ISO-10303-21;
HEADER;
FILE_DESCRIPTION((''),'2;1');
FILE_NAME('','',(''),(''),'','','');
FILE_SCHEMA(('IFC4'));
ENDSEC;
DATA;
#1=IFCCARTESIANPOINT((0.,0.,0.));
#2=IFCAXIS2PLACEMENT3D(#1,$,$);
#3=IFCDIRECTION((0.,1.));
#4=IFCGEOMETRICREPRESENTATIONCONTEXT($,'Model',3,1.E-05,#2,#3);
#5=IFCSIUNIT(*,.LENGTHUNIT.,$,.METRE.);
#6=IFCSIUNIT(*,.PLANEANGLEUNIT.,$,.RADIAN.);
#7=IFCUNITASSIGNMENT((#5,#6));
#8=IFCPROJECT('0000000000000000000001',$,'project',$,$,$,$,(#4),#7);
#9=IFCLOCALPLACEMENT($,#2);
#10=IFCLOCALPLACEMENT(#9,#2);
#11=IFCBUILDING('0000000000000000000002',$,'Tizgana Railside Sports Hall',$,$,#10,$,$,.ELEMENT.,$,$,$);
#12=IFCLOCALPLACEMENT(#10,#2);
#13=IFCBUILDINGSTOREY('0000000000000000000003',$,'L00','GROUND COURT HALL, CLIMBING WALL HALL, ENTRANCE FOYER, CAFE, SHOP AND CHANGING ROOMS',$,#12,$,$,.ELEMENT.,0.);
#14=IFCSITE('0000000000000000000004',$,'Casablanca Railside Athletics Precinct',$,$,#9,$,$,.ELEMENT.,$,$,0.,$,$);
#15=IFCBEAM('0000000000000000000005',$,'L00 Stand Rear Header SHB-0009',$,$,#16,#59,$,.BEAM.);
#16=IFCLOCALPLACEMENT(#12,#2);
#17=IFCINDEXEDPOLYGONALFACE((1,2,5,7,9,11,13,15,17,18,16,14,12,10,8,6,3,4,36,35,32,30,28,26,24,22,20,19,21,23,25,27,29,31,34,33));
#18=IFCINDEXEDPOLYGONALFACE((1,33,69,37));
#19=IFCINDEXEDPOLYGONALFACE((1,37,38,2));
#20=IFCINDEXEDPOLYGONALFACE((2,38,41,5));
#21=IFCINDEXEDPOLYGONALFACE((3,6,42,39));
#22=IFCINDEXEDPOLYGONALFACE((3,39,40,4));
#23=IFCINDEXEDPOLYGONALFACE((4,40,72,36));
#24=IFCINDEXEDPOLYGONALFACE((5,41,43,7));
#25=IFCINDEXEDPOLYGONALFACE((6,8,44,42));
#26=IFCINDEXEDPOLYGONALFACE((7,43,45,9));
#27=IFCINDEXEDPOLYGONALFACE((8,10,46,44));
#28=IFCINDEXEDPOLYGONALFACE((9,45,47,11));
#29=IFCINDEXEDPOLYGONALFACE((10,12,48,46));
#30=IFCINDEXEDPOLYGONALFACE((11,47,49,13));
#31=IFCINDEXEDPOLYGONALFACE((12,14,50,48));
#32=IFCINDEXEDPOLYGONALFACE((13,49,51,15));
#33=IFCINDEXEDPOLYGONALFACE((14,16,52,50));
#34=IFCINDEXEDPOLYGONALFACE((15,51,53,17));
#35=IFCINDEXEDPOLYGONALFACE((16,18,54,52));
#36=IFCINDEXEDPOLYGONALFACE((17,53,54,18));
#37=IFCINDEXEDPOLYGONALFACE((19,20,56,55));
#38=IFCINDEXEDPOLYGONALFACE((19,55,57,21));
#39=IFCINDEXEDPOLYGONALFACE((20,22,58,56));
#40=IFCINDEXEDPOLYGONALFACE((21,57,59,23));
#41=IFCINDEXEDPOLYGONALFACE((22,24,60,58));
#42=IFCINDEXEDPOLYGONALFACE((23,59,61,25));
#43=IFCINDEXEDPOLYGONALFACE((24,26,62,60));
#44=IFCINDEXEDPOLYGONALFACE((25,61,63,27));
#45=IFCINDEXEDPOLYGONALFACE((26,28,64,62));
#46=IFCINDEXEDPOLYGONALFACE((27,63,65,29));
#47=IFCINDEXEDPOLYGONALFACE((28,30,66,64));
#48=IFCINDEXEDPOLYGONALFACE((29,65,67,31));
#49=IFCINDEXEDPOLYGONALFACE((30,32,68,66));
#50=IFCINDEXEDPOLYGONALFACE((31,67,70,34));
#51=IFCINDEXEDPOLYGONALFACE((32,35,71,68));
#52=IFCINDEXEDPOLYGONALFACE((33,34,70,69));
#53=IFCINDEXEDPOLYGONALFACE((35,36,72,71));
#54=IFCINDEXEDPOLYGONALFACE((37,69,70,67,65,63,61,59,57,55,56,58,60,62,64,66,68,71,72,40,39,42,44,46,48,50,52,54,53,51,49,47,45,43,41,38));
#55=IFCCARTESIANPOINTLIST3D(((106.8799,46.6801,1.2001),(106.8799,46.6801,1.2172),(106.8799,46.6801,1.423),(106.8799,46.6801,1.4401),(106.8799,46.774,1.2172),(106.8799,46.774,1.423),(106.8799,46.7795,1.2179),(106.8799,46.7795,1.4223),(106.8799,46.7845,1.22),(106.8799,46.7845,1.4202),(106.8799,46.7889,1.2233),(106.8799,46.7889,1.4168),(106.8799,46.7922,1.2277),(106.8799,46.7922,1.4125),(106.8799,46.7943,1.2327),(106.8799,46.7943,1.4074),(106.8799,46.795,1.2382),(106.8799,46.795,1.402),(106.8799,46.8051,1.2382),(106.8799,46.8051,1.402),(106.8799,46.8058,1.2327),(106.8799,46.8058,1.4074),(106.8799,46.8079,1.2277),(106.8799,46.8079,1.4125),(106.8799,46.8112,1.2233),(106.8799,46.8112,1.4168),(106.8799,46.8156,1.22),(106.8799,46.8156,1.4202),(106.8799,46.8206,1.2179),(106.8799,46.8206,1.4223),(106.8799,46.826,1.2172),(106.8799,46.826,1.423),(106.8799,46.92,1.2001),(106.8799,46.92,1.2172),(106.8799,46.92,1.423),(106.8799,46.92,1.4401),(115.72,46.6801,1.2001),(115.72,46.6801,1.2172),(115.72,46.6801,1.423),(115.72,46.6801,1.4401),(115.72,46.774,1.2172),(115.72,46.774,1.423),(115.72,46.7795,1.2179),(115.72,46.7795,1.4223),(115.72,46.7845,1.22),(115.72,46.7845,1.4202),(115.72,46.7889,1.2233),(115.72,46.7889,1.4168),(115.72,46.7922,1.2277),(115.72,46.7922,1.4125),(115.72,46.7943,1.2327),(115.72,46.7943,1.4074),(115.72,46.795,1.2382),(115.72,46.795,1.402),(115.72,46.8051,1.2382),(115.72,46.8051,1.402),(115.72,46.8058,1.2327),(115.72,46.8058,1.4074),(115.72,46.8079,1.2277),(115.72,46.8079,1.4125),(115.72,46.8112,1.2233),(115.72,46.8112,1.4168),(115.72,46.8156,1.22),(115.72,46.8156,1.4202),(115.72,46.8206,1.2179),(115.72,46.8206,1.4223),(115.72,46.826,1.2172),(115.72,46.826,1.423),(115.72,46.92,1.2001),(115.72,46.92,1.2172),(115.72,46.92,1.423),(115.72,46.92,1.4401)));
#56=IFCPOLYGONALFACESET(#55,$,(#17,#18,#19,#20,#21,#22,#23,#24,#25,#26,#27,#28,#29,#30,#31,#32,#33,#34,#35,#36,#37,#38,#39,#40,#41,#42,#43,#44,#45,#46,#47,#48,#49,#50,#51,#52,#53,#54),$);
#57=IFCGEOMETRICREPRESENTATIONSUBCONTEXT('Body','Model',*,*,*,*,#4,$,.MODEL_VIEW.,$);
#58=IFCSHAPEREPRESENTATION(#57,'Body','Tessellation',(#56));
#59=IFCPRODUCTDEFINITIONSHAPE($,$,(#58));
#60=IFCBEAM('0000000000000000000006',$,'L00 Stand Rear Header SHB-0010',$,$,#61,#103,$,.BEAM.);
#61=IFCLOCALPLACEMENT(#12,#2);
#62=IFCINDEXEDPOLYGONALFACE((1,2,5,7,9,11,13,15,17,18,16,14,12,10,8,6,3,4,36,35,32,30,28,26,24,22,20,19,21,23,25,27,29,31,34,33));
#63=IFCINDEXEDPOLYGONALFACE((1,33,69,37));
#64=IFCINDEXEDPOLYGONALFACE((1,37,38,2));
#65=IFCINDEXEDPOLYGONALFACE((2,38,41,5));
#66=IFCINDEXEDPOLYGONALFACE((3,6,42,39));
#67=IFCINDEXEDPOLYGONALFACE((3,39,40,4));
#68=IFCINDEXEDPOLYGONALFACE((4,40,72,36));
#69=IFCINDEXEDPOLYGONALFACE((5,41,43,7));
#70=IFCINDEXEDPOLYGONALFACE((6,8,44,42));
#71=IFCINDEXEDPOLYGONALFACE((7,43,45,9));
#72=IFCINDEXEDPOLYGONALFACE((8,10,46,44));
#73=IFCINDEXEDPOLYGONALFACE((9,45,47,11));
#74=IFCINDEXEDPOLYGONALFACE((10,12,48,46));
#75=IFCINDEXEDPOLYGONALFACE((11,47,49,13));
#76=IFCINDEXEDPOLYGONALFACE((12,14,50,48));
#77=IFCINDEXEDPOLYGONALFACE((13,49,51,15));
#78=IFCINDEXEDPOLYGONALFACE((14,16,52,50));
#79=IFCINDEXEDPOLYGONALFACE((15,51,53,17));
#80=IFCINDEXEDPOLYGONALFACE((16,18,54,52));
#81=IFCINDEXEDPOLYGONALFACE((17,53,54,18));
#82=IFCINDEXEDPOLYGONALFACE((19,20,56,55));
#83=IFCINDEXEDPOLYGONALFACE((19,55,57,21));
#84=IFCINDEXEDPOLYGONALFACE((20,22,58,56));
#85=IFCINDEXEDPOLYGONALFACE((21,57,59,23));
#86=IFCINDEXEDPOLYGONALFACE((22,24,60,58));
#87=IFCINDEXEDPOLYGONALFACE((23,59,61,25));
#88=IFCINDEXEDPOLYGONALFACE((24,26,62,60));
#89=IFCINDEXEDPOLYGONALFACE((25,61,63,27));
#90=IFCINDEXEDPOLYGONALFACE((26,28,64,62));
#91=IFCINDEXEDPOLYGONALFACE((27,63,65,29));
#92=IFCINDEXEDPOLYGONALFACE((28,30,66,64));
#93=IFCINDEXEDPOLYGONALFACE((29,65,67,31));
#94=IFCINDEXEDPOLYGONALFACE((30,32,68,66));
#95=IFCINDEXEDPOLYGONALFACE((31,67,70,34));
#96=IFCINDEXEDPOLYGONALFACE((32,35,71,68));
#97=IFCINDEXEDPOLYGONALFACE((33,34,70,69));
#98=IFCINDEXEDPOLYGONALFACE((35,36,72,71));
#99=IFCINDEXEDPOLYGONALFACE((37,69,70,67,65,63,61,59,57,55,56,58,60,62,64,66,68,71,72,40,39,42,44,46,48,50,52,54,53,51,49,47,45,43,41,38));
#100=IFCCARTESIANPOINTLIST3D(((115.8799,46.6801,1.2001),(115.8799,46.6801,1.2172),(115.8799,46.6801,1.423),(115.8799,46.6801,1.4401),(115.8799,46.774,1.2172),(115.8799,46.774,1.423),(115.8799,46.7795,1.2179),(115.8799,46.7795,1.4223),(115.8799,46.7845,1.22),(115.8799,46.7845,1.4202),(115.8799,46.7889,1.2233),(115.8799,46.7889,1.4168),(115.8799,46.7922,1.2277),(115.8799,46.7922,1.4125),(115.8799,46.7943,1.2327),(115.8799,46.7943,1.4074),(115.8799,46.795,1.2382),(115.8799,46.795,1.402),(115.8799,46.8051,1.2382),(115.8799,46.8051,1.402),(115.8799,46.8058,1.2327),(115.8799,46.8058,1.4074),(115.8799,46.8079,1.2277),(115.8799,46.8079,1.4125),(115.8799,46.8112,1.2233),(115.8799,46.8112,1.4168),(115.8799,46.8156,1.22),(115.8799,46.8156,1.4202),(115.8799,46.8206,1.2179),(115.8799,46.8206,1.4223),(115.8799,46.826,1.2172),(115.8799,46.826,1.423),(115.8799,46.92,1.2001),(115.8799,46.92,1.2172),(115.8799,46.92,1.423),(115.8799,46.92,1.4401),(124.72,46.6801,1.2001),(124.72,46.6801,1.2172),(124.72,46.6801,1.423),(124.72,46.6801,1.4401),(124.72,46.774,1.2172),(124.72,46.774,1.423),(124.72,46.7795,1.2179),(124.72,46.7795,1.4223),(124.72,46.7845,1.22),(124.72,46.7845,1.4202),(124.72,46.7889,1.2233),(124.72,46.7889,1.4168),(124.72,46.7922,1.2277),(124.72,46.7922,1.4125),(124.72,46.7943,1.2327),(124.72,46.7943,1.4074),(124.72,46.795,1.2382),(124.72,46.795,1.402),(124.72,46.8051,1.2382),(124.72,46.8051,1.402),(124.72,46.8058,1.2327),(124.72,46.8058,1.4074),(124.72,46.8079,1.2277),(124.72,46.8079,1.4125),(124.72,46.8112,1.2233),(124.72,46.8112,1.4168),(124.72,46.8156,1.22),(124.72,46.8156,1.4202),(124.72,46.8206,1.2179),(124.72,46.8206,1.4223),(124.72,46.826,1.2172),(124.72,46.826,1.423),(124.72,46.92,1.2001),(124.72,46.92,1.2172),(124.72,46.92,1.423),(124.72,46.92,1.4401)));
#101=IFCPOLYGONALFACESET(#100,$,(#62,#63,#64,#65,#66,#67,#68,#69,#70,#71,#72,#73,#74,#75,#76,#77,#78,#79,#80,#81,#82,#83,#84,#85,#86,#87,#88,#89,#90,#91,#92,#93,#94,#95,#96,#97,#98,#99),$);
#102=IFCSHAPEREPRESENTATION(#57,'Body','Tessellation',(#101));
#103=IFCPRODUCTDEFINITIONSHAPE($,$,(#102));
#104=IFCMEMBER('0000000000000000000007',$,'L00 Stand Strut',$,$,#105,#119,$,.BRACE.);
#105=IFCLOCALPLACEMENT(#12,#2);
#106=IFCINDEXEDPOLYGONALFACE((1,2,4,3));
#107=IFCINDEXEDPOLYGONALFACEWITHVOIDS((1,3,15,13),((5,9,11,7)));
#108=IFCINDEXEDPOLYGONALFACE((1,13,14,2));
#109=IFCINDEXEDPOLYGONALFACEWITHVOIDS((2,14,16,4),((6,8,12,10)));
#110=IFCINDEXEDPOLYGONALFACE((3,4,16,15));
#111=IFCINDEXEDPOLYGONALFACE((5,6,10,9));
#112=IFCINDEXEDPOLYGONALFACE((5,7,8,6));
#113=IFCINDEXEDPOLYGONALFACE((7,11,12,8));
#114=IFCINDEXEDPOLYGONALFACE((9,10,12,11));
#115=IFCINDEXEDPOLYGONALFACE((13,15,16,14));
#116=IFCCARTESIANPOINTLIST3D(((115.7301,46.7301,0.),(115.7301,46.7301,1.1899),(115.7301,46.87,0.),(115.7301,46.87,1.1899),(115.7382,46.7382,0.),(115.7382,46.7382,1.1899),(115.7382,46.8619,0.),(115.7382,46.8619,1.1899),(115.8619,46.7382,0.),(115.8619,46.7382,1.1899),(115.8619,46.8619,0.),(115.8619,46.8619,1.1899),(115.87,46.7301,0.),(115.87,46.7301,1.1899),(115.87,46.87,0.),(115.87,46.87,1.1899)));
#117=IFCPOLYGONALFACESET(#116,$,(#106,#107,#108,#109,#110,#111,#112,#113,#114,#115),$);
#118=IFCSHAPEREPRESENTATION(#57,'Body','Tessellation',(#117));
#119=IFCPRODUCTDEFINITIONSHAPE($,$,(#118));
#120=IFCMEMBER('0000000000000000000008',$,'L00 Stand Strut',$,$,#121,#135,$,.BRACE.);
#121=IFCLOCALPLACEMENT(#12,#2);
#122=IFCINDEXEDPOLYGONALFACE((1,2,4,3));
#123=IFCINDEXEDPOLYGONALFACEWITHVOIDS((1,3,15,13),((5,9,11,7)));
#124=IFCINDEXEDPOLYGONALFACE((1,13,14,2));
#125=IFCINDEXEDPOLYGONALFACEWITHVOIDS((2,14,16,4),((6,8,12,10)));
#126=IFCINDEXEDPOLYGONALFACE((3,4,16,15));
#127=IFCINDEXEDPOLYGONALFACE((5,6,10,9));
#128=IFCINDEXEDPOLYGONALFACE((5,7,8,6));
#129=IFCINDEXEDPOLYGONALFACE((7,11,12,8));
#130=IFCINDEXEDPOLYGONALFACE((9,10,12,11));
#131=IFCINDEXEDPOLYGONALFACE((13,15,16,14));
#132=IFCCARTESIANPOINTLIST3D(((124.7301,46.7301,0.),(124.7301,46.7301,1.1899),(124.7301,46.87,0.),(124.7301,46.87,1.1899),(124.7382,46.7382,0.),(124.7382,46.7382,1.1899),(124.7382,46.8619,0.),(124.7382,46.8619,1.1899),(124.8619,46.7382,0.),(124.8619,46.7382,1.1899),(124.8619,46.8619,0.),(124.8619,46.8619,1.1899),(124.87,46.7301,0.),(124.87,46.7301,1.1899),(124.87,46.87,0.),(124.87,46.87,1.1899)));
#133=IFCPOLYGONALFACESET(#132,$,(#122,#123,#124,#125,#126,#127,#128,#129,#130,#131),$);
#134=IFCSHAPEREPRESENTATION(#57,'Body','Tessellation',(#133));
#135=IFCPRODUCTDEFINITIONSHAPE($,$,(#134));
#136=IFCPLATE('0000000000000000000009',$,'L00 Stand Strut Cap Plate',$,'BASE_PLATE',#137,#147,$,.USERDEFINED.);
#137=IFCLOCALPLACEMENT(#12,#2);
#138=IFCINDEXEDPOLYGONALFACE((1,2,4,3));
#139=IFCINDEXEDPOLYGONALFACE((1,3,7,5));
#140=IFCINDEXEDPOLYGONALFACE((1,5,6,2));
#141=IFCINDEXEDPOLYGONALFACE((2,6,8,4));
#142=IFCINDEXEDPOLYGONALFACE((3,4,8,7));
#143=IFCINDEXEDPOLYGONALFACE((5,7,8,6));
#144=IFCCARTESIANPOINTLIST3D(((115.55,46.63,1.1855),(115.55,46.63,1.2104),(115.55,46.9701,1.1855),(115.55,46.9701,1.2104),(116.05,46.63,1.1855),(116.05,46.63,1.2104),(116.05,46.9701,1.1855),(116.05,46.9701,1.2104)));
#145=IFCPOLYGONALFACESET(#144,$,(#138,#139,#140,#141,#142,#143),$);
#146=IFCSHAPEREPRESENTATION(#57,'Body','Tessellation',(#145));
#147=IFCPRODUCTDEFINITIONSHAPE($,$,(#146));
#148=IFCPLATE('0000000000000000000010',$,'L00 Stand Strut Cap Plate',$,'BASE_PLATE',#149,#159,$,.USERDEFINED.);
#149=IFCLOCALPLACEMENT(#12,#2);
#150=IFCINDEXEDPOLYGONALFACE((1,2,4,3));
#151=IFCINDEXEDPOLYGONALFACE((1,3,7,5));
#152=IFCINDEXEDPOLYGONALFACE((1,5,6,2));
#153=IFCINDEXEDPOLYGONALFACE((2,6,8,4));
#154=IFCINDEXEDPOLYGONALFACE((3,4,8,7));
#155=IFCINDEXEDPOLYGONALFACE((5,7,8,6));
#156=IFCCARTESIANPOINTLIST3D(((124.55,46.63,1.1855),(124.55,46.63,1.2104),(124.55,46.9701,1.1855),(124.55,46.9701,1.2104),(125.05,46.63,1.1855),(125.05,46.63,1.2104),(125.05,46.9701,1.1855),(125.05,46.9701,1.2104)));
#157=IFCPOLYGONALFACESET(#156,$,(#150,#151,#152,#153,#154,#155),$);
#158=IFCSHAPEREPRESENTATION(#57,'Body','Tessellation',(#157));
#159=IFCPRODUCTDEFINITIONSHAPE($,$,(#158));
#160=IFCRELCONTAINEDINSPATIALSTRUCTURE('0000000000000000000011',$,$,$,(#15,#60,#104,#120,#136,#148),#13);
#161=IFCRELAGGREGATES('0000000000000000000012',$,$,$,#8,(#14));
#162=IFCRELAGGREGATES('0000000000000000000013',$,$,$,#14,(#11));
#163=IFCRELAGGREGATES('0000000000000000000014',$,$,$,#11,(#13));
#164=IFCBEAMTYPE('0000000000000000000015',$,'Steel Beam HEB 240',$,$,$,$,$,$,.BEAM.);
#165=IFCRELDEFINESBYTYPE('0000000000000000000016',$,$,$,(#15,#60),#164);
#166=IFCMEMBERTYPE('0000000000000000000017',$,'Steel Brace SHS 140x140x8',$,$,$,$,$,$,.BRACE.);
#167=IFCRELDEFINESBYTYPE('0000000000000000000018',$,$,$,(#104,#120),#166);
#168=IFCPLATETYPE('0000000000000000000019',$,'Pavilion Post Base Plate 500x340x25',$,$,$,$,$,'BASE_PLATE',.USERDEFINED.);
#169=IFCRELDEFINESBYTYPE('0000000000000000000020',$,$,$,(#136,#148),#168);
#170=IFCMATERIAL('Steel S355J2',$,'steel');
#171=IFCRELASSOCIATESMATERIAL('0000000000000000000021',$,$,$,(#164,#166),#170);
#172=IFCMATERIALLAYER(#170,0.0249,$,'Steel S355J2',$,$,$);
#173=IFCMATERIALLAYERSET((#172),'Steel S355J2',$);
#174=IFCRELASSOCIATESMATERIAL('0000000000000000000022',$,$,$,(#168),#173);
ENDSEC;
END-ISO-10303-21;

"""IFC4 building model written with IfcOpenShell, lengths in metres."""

from ifc_helpers import new_model, si_unit, direction, frame, origin, origin_2d, place, context, subcontext, project, spatial, rectangle, hollow_rectangle, i_section, extrude, material, layer, layer_set, material_profile, profile_set, type_object, element, save


model = new_model("IFC4")

# Units and contexts
model_context = context("Model", 3, precision=1e-05, world=origin(), true_north=direction((0.0, 1.0)))
body_context = subcontext(model_context, "Body", "Model", "MODEL_VIEW")
ifc_project = project(units=[si_unit("LENGTHUNIT", "METRE"), si_unit("PLANEANGLEUNIT", "RADIAN")], contexts=[model_context])

# Site, building, storey
site_placement = place(None, origin())
site = spatial("IfcSite", under=ifc_project, at=site_placement, Name="Casablanca Railside Athletics Precinct", CompositionType="ELEMENT", RefElevation=0.0)
building_placement = place(site_placement, origin())
building = spatial("IfcBuilding", under=site, at=building_placement, Name="Tizgana Railside Sports Hall", CompositionType="ELEMENT")
storey_placement = place(building_placement, origin())
storey = spatial("IfcBuildingStorey", under=building, at=storey_placement, Name="L00", Description="GROUND COURT HALL, CLIMBING WALL HALL, ENTRANCE FOYER, CAFE, SHOP AND CHANGING ROOMS", CompositionType="ELEMENT", Elevation=0.0)

# Beams
ifc_material_1 = material(Name="Steel S355J2", Category="steel")
ifc_material_profile_1 = material_profile(ifc_material_1, i_section(OverallWidth=0.24, OverallDepth=0.24, WebThickness=0.01, FlangeThickness=0.0171, FilletRadius=0.021, at=origin_2d()), Name="HEB 240")
ifc_profile_set_1 = profile_set([ifc_material_profile_1], Name="Steel S355J2")
beam_type_1 = type_object("IfcBeamType", Name="Steel Beam HEB 240", PredefinedType="BEAM", material=ifc_profile_set_1)
for number, where, z_axis, x_axis, name in (
    (1, (106.8799, 46.8, 1.3201), (1.0, 0.0, 0.0), (0.0, 1.0, 0.0), "L00 Stand Rear Header SHB-0009"),
    (2, (115.8799, 46.8, 1.3201), (1.0, 0.0, 0.0), (0.0, 1.0, 0.0), "L00 Stand Rear Header SHB-0010"),
):
    element("IfcBeam", number, at=place(storey_placement, frame(where, z_axis=z_axis, x_axis=x_axis)), inside=storey, type_object=beam_type_1, Name=name, PredefinedType="BEAM", context=body_context, shape_type="SweptSolid", body=[
        extrude(i_section(OverallWidth=0.24, OverallDepth=0.24, WebThickness=0.01, FlangeThickness=0.0171, FilletRadius=0.021, at=origin_2d()), origin(), (0.0, 0.0, 1.0), 8.8401),
    ])

# Members
ifc_material_profile_2 = material_profile(ifc_material_1, hollow_rectangle(XDim=0.1399, YDim=0.1399, WallThickness=0.0081, at=origin_2d()), Name="SHS 140x140x8")
ifc_profile_set_2 = profile_set([ifc_material_profile_2], Name="Steel S355J2")
member_type = type_object("IfcMemberType", Name="Steel Brace SHS 140x140x8", PredefinedType="BRACE", material=ifc_profile_set_2)
for number, where, z_axis, x_axis, name in (
    (3, (115.8, 46.8, 0.0), (0.0, 0.0, 1.0), (1.0, 0.0, 0.0), "L00 Stand Strut"),
    (4, (124.8, 46.8, 0.0), (0.0, 0.0, 1.0), (1.0, 0.0, 0.0), "L00 Stand Strut"),
):
    element("IfcMember", number, at=place(storey_placement, frame(where, z_axis=z_axis, x_axis=x_axis)), inside=storey, type_object=member_type, Name=name, PredefinedType="BRACE", context=body_context, shape_type="SweptSolid", body=[
        extrude(hollow_rectangle(XDim=0.1399, YDim=0.1399, WallThickness=0.0081, at=origin_2d()), origin(), (0.0, 0.0, 1.0), 1.1899),
    ])

# Plates
ifc_layer = layer(ifc_material_1, 0.0249, Name="Steel S355J2")
ifc_layer_set = layer_set([ifc_layer], Name="Steel S355J2")
plate_type = type_object("IfcPlateType", Name="Pavilion Post Base Plate 500x340x25", ElementType="BASE_PLATE", PredefinedType="USERDEFINED", material=ifc_layer_set)
for number, where, z_axis, x_axis, name in (
    (5, (115.8, 46.8, 1.1855), (0.0, 0.0, 1.0), (1.0, 0.0, 0.0), "L00 Stand Strut Cap Plate"),
    (6, (124.8, 46.8, 1.1855), (0.0, 0.0, 1.0), (1.0, 0.0, 0.0), "L00 Stand Strut Cap Plate"),
):
    element("IfcPlate", number, at=place(storey_placement, frame(where, z_axis=z_axis, x_axis=x_axis)), inside=storey, type_object=plate_type, Name=name, ObjectType="BASE_PLATE", PredefinedType="USERDEFINED", context=body_context, shape_type="SweptSolid", body=[
        extrude(rectangle(XDim=0.5, YDim=0.3401, at=origin_2d()), origin(), (0.0, 0.0, 1.0), 0.0249),
    ])

save(model, "model.ifc")
